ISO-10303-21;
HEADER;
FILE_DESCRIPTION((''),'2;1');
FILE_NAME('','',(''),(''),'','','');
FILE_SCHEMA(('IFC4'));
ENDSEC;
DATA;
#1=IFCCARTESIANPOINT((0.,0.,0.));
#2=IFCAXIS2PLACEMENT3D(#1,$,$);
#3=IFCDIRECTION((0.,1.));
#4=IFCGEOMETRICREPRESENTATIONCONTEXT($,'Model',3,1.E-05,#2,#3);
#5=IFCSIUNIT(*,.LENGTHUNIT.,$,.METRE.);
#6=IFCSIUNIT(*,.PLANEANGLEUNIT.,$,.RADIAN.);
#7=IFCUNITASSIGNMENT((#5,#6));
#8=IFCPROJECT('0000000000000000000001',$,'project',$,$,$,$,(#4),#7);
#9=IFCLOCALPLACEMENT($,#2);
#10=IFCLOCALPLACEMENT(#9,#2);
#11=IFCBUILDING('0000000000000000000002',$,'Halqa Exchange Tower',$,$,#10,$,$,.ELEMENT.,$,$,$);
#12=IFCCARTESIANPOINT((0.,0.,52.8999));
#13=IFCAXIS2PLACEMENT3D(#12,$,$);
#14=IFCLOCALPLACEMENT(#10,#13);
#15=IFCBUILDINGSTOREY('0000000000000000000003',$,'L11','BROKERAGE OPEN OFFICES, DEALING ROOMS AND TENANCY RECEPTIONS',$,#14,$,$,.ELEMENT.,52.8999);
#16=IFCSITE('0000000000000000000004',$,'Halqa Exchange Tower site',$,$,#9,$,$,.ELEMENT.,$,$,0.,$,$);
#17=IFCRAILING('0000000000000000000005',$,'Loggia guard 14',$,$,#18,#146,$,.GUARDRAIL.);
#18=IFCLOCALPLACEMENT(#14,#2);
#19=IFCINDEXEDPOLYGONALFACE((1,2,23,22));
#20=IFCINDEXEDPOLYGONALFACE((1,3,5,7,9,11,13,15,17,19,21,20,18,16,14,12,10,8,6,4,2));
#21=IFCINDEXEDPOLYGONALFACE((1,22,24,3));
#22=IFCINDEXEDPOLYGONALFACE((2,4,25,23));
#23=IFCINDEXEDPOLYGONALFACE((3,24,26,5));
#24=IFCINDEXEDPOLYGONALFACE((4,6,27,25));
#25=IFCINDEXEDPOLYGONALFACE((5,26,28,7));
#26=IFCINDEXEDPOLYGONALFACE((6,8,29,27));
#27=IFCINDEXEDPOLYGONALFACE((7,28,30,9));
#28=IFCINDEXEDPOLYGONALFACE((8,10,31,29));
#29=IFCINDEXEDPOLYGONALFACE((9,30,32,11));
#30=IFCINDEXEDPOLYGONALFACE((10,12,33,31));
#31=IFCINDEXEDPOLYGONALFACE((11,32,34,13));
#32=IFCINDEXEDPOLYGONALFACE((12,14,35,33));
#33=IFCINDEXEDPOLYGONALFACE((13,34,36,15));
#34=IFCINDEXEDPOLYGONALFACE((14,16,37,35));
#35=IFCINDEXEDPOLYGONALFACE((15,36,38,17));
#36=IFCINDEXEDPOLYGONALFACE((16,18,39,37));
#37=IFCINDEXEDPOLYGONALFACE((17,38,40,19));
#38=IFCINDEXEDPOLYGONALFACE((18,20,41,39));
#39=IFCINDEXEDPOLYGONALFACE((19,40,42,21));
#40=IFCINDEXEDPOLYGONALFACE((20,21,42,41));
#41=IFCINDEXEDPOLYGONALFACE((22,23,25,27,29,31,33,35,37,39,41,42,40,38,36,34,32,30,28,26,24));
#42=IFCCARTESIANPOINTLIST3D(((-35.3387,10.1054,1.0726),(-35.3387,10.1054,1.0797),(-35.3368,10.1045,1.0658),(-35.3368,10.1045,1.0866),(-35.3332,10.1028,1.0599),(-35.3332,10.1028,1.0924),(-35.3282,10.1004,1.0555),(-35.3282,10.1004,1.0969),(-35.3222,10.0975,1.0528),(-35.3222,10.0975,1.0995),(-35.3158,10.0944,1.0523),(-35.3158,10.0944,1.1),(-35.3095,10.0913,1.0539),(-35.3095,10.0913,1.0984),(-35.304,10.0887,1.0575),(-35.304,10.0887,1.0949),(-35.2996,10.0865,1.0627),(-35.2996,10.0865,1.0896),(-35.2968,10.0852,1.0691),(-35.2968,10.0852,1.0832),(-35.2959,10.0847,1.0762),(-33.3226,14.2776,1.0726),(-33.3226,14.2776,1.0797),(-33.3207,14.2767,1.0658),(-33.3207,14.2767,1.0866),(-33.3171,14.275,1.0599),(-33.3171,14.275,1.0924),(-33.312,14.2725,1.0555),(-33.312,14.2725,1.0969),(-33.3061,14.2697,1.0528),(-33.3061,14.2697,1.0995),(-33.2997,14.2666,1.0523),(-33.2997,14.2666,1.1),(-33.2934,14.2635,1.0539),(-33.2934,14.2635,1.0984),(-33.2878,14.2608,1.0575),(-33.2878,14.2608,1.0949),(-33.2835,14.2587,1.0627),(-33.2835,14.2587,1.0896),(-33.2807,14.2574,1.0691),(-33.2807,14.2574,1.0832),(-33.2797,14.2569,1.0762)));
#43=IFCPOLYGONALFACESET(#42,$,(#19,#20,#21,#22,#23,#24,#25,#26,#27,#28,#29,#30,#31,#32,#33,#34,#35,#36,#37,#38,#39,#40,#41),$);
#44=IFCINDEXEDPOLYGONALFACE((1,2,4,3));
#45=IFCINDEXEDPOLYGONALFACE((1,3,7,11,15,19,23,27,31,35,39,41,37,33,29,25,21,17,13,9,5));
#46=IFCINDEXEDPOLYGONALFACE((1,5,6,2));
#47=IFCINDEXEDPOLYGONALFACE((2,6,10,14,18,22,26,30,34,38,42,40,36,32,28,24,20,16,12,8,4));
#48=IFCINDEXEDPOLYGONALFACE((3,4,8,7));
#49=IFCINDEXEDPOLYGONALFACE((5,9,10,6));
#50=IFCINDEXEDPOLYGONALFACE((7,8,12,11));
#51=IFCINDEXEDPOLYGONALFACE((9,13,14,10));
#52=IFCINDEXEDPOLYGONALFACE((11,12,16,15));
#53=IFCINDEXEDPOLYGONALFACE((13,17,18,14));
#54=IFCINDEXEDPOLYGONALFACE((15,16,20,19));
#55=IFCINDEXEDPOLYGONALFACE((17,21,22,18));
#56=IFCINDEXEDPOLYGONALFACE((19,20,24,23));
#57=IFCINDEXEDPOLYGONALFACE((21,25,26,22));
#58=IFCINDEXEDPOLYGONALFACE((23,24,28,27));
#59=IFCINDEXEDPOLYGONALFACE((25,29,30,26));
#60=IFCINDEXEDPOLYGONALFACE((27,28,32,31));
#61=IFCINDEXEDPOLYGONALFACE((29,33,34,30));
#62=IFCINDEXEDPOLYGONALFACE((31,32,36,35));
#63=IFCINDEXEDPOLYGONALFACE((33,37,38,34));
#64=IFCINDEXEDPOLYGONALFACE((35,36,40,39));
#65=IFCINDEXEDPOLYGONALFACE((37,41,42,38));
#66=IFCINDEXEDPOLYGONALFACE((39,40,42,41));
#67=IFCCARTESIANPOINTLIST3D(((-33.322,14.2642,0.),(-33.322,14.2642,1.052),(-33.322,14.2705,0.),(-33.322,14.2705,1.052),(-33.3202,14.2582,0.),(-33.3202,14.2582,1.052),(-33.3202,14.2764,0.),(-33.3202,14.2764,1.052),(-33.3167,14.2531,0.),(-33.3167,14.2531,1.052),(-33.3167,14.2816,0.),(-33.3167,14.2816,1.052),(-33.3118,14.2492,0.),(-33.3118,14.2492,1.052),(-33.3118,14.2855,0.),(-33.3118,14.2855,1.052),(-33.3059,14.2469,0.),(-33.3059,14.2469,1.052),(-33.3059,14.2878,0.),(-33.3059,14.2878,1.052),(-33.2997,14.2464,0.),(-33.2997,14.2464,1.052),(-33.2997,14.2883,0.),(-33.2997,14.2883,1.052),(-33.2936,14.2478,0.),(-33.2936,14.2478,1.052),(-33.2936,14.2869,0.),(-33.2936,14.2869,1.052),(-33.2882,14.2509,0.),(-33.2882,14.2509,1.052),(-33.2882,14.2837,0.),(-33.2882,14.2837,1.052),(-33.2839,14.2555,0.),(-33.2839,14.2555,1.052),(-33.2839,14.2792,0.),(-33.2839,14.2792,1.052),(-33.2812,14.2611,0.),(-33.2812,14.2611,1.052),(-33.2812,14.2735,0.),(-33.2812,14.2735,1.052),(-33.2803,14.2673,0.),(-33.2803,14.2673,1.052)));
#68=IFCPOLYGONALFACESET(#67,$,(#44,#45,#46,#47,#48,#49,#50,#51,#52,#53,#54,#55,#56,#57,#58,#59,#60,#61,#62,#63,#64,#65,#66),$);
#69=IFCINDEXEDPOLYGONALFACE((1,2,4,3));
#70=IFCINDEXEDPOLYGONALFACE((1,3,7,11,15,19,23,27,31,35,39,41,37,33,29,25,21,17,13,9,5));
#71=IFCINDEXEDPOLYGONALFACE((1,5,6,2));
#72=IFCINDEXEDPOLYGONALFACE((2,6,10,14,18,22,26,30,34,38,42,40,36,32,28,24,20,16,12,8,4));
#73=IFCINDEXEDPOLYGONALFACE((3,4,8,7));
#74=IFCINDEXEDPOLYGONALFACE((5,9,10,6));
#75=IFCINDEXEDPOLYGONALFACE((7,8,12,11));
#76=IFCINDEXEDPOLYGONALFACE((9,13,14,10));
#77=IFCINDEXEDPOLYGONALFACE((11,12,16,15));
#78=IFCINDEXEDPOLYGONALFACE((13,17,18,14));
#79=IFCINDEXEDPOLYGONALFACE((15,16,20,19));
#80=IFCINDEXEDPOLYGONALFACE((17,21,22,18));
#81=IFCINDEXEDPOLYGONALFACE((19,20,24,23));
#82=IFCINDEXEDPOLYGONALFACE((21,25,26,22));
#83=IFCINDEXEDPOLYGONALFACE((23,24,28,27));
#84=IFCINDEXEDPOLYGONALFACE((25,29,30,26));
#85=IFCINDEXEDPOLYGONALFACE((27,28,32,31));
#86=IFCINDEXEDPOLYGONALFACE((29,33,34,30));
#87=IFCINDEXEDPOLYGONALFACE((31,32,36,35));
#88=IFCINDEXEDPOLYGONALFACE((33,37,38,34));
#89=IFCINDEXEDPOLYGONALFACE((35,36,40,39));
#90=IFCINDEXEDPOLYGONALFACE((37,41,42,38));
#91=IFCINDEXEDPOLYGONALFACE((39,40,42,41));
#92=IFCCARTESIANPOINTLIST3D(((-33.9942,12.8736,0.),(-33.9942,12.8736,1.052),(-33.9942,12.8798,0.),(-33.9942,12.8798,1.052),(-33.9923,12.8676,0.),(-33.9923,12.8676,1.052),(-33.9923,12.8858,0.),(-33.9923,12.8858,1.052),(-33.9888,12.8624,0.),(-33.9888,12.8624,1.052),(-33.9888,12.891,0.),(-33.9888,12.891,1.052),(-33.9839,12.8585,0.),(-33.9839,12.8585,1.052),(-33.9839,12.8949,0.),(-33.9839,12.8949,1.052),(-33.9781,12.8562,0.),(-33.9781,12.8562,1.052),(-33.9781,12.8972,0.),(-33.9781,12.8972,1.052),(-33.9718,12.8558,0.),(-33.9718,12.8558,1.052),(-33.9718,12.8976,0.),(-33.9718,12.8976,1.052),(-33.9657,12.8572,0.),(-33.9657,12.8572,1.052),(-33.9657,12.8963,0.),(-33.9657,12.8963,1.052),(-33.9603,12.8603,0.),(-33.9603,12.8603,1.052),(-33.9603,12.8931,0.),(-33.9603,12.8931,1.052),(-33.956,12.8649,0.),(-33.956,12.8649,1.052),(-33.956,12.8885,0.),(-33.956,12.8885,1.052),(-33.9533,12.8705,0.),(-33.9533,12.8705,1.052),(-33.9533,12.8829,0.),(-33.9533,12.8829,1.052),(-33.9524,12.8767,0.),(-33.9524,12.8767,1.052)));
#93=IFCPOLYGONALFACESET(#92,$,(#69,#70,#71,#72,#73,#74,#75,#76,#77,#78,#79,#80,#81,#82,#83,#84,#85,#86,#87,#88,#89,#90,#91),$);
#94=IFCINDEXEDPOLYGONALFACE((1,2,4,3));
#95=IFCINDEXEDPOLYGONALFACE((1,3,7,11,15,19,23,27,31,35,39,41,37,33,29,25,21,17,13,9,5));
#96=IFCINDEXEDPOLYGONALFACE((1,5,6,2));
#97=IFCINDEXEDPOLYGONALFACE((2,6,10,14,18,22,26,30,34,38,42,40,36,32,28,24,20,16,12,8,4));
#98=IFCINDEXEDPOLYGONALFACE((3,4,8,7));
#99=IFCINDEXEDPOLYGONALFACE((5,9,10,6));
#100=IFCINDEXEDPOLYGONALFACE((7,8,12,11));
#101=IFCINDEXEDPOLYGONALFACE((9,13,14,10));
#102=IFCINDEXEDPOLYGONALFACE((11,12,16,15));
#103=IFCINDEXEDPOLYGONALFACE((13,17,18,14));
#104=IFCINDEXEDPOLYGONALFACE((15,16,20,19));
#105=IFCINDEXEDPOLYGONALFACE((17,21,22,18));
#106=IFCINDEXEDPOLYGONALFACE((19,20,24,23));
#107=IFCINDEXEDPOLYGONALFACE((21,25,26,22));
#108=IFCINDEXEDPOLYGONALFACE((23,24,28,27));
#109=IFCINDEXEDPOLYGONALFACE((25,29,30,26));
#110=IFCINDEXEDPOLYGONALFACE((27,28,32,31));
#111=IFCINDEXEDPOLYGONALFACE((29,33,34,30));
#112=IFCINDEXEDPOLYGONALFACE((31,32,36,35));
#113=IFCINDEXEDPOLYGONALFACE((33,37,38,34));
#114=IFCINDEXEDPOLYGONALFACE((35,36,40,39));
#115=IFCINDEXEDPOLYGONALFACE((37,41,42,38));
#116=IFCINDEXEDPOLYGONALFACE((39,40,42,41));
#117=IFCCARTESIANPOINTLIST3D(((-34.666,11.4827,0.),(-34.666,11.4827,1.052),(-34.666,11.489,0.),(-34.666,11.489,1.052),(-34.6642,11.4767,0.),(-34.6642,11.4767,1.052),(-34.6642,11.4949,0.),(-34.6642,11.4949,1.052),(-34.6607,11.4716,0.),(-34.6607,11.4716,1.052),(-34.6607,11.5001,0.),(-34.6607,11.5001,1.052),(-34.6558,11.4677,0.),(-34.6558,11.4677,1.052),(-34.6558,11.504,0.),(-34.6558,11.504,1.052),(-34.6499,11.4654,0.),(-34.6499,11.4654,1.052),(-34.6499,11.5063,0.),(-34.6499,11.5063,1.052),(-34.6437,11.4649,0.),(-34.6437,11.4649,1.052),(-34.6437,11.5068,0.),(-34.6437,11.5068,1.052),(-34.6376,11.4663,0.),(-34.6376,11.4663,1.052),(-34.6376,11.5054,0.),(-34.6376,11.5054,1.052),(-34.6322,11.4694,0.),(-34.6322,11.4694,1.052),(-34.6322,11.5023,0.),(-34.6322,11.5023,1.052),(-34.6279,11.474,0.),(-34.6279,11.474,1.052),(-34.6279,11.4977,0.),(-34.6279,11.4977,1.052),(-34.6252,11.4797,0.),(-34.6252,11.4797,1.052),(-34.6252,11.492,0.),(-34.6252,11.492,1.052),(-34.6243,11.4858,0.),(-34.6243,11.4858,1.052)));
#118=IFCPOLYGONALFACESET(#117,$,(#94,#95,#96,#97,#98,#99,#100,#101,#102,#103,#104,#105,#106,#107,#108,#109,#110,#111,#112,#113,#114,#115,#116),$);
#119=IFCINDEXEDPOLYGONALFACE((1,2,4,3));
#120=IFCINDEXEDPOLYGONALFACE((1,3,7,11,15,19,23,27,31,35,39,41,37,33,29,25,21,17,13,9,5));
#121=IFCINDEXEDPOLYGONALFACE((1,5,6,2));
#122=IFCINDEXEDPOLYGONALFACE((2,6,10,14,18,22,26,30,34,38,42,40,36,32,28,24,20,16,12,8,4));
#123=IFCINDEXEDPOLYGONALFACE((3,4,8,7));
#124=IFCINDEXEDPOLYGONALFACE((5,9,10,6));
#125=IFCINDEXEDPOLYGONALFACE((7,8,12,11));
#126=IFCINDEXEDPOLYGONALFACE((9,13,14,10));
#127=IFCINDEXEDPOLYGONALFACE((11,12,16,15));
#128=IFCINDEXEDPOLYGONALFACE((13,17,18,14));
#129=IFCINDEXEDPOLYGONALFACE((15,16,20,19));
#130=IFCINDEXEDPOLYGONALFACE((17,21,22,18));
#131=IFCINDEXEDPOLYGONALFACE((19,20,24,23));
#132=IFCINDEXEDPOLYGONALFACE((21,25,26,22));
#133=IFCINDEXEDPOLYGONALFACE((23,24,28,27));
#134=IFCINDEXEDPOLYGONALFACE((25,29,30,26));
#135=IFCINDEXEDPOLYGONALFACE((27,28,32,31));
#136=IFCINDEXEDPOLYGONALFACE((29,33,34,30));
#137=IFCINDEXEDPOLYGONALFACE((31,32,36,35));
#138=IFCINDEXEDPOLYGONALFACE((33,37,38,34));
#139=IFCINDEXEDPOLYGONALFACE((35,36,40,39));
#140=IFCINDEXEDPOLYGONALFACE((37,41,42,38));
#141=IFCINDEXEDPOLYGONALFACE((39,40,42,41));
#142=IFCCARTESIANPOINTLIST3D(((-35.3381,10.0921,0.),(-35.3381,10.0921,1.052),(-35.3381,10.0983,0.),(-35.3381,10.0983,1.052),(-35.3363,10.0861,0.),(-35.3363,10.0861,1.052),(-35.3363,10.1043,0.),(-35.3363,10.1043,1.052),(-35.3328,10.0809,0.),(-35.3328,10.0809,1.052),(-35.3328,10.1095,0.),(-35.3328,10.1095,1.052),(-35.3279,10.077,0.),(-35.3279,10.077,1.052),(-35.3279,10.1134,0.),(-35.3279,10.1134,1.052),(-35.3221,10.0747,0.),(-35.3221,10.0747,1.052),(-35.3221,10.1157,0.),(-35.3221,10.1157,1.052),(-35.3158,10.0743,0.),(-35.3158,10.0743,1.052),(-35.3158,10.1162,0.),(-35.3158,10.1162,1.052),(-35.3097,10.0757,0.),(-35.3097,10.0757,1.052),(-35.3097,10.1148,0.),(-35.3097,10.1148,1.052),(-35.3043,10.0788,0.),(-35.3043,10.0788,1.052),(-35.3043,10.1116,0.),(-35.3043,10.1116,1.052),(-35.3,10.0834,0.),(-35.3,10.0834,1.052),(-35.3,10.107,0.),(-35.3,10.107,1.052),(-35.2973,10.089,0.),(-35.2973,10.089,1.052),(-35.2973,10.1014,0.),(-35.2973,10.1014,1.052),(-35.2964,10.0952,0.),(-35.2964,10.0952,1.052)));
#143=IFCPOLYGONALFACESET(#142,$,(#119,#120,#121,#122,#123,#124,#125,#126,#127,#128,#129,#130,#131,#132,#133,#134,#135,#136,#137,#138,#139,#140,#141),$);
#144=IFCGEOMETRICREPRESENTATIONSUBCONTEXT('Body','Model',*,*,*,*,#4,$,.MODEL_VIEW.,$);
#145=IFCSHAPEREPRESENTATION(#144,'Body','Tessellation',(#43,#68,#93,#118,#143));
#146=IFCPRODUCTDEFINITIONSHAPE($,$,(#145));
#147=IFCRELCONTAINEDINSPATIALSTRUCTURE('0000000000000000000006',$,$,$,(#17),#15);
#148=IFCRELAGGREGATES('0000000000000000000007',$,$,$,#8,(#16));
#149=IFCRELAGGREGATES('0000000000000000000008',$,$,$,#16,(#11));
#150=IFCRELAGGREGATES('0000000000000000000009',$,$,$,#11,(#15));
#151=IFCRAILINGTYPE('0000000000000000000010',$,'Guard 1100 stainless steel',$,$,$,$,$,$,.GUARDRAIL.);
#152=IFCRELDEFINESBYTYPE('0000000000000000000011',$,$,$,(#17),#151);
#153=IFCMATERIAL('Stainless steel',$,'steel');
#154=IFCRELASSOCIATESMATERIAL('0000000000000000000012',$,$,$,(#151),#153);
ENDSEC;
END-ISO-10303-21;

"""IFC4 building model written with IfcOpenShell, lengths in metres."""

from ifc_helpers import new_model, si_unit, direction, frame, origin, origin_2d, place, context, subcontext, project, spatial, circle, extrude, material, type_object, element, save


model = new_model("IFC4")

# Units and contexts
model_context = context("Model", 3, precision=1e-05, world=origin(), true_north=direction((0.0, 1.0)))
body_context = subcontext(model_context, "Body", "Model", "MODEL_VIEW")
ifc_project = project(units=[si_unit("LENGTHUNIT", "METRE"), si_unit("PLANEANGLEUNIT", "RADIAN")], contexts=[model_context])

# Site, building, storey
site_placement = place(None, origin())
site = spatial("IfcSite", under=ifc_project, at=site_placement, Name="Halqa Exchange Tower site", CompositionType="ELEMENT", RefElevation=0.0)
building_placement = place(site_placement, origin())
building = spatial("IfcBuilding", under=site, at=building_placement, Name="Halqa Exchange Tower", CompositionType="ELEMENT")
storey_placement = place(building_placement, frame((0.0, 0.0, 52.8999)))
storey = spatial("IfcBuildingStorey", under=building, at=storey_placement, Name="L11", Description="BROKERAGE OPEN OFFICES, DEALING ROOMS AND TENANCY RECEPTIONS", CompositionType="ELEMENT", Elevation=52.8999)

# Railing
ifc_material_1 = material(Name="Stainless steel", Category="steel")
railing_type = type_object("IfcRailingType", Name="Guard 1100 stainless steel", PredefinedType="GUARDRAIL", material=ifc_material_1)
railing_1_placement = place(storey_placement, frame((-33.3013, 14.2673, 0.0)))
element("IfcRailing", 1, at=railing_1_placement, inside=storey, type_object=railing_type, Name="Loggia guard 14", PredefinedType="GUARDRAIL", context=body_context, shape_type="SweptSolid", body=[
    extrude(circle(Radius=0.0239, at=origin_2d()), frame((0.0, 0.0, 1.0762), z_axis=(-0.435097, -0.900384, 0.0), x_axis=(0.900384, -0.435097, 0.0)), (0.0, 0.0, 1.0), 4.6338),
    extrude(circle(Radius=0.021, at=origin_2d()), origin(), (0.0, 0.0, 1.0), 1.052),
    extrude(circle(Radius=0.021, at=origin_2d()), frame((-0.6721, -1.3906, 0.0)), (0.0, 0.0, 1.0), 1.052),
    extrude(circle(Radius=0.021, at=origin_2d()), frame((-1.344, -2.7815, 0.0)), (0.0, 0.0, 1.0), 1.052),
    extrude(circle(Radius=0.021, at=origin_2d()), frame((-2.0161, -4.1721, 0.0)), (0.0, 0.0, 1.0), 1.052),
])

save(model, "model.ifc")
